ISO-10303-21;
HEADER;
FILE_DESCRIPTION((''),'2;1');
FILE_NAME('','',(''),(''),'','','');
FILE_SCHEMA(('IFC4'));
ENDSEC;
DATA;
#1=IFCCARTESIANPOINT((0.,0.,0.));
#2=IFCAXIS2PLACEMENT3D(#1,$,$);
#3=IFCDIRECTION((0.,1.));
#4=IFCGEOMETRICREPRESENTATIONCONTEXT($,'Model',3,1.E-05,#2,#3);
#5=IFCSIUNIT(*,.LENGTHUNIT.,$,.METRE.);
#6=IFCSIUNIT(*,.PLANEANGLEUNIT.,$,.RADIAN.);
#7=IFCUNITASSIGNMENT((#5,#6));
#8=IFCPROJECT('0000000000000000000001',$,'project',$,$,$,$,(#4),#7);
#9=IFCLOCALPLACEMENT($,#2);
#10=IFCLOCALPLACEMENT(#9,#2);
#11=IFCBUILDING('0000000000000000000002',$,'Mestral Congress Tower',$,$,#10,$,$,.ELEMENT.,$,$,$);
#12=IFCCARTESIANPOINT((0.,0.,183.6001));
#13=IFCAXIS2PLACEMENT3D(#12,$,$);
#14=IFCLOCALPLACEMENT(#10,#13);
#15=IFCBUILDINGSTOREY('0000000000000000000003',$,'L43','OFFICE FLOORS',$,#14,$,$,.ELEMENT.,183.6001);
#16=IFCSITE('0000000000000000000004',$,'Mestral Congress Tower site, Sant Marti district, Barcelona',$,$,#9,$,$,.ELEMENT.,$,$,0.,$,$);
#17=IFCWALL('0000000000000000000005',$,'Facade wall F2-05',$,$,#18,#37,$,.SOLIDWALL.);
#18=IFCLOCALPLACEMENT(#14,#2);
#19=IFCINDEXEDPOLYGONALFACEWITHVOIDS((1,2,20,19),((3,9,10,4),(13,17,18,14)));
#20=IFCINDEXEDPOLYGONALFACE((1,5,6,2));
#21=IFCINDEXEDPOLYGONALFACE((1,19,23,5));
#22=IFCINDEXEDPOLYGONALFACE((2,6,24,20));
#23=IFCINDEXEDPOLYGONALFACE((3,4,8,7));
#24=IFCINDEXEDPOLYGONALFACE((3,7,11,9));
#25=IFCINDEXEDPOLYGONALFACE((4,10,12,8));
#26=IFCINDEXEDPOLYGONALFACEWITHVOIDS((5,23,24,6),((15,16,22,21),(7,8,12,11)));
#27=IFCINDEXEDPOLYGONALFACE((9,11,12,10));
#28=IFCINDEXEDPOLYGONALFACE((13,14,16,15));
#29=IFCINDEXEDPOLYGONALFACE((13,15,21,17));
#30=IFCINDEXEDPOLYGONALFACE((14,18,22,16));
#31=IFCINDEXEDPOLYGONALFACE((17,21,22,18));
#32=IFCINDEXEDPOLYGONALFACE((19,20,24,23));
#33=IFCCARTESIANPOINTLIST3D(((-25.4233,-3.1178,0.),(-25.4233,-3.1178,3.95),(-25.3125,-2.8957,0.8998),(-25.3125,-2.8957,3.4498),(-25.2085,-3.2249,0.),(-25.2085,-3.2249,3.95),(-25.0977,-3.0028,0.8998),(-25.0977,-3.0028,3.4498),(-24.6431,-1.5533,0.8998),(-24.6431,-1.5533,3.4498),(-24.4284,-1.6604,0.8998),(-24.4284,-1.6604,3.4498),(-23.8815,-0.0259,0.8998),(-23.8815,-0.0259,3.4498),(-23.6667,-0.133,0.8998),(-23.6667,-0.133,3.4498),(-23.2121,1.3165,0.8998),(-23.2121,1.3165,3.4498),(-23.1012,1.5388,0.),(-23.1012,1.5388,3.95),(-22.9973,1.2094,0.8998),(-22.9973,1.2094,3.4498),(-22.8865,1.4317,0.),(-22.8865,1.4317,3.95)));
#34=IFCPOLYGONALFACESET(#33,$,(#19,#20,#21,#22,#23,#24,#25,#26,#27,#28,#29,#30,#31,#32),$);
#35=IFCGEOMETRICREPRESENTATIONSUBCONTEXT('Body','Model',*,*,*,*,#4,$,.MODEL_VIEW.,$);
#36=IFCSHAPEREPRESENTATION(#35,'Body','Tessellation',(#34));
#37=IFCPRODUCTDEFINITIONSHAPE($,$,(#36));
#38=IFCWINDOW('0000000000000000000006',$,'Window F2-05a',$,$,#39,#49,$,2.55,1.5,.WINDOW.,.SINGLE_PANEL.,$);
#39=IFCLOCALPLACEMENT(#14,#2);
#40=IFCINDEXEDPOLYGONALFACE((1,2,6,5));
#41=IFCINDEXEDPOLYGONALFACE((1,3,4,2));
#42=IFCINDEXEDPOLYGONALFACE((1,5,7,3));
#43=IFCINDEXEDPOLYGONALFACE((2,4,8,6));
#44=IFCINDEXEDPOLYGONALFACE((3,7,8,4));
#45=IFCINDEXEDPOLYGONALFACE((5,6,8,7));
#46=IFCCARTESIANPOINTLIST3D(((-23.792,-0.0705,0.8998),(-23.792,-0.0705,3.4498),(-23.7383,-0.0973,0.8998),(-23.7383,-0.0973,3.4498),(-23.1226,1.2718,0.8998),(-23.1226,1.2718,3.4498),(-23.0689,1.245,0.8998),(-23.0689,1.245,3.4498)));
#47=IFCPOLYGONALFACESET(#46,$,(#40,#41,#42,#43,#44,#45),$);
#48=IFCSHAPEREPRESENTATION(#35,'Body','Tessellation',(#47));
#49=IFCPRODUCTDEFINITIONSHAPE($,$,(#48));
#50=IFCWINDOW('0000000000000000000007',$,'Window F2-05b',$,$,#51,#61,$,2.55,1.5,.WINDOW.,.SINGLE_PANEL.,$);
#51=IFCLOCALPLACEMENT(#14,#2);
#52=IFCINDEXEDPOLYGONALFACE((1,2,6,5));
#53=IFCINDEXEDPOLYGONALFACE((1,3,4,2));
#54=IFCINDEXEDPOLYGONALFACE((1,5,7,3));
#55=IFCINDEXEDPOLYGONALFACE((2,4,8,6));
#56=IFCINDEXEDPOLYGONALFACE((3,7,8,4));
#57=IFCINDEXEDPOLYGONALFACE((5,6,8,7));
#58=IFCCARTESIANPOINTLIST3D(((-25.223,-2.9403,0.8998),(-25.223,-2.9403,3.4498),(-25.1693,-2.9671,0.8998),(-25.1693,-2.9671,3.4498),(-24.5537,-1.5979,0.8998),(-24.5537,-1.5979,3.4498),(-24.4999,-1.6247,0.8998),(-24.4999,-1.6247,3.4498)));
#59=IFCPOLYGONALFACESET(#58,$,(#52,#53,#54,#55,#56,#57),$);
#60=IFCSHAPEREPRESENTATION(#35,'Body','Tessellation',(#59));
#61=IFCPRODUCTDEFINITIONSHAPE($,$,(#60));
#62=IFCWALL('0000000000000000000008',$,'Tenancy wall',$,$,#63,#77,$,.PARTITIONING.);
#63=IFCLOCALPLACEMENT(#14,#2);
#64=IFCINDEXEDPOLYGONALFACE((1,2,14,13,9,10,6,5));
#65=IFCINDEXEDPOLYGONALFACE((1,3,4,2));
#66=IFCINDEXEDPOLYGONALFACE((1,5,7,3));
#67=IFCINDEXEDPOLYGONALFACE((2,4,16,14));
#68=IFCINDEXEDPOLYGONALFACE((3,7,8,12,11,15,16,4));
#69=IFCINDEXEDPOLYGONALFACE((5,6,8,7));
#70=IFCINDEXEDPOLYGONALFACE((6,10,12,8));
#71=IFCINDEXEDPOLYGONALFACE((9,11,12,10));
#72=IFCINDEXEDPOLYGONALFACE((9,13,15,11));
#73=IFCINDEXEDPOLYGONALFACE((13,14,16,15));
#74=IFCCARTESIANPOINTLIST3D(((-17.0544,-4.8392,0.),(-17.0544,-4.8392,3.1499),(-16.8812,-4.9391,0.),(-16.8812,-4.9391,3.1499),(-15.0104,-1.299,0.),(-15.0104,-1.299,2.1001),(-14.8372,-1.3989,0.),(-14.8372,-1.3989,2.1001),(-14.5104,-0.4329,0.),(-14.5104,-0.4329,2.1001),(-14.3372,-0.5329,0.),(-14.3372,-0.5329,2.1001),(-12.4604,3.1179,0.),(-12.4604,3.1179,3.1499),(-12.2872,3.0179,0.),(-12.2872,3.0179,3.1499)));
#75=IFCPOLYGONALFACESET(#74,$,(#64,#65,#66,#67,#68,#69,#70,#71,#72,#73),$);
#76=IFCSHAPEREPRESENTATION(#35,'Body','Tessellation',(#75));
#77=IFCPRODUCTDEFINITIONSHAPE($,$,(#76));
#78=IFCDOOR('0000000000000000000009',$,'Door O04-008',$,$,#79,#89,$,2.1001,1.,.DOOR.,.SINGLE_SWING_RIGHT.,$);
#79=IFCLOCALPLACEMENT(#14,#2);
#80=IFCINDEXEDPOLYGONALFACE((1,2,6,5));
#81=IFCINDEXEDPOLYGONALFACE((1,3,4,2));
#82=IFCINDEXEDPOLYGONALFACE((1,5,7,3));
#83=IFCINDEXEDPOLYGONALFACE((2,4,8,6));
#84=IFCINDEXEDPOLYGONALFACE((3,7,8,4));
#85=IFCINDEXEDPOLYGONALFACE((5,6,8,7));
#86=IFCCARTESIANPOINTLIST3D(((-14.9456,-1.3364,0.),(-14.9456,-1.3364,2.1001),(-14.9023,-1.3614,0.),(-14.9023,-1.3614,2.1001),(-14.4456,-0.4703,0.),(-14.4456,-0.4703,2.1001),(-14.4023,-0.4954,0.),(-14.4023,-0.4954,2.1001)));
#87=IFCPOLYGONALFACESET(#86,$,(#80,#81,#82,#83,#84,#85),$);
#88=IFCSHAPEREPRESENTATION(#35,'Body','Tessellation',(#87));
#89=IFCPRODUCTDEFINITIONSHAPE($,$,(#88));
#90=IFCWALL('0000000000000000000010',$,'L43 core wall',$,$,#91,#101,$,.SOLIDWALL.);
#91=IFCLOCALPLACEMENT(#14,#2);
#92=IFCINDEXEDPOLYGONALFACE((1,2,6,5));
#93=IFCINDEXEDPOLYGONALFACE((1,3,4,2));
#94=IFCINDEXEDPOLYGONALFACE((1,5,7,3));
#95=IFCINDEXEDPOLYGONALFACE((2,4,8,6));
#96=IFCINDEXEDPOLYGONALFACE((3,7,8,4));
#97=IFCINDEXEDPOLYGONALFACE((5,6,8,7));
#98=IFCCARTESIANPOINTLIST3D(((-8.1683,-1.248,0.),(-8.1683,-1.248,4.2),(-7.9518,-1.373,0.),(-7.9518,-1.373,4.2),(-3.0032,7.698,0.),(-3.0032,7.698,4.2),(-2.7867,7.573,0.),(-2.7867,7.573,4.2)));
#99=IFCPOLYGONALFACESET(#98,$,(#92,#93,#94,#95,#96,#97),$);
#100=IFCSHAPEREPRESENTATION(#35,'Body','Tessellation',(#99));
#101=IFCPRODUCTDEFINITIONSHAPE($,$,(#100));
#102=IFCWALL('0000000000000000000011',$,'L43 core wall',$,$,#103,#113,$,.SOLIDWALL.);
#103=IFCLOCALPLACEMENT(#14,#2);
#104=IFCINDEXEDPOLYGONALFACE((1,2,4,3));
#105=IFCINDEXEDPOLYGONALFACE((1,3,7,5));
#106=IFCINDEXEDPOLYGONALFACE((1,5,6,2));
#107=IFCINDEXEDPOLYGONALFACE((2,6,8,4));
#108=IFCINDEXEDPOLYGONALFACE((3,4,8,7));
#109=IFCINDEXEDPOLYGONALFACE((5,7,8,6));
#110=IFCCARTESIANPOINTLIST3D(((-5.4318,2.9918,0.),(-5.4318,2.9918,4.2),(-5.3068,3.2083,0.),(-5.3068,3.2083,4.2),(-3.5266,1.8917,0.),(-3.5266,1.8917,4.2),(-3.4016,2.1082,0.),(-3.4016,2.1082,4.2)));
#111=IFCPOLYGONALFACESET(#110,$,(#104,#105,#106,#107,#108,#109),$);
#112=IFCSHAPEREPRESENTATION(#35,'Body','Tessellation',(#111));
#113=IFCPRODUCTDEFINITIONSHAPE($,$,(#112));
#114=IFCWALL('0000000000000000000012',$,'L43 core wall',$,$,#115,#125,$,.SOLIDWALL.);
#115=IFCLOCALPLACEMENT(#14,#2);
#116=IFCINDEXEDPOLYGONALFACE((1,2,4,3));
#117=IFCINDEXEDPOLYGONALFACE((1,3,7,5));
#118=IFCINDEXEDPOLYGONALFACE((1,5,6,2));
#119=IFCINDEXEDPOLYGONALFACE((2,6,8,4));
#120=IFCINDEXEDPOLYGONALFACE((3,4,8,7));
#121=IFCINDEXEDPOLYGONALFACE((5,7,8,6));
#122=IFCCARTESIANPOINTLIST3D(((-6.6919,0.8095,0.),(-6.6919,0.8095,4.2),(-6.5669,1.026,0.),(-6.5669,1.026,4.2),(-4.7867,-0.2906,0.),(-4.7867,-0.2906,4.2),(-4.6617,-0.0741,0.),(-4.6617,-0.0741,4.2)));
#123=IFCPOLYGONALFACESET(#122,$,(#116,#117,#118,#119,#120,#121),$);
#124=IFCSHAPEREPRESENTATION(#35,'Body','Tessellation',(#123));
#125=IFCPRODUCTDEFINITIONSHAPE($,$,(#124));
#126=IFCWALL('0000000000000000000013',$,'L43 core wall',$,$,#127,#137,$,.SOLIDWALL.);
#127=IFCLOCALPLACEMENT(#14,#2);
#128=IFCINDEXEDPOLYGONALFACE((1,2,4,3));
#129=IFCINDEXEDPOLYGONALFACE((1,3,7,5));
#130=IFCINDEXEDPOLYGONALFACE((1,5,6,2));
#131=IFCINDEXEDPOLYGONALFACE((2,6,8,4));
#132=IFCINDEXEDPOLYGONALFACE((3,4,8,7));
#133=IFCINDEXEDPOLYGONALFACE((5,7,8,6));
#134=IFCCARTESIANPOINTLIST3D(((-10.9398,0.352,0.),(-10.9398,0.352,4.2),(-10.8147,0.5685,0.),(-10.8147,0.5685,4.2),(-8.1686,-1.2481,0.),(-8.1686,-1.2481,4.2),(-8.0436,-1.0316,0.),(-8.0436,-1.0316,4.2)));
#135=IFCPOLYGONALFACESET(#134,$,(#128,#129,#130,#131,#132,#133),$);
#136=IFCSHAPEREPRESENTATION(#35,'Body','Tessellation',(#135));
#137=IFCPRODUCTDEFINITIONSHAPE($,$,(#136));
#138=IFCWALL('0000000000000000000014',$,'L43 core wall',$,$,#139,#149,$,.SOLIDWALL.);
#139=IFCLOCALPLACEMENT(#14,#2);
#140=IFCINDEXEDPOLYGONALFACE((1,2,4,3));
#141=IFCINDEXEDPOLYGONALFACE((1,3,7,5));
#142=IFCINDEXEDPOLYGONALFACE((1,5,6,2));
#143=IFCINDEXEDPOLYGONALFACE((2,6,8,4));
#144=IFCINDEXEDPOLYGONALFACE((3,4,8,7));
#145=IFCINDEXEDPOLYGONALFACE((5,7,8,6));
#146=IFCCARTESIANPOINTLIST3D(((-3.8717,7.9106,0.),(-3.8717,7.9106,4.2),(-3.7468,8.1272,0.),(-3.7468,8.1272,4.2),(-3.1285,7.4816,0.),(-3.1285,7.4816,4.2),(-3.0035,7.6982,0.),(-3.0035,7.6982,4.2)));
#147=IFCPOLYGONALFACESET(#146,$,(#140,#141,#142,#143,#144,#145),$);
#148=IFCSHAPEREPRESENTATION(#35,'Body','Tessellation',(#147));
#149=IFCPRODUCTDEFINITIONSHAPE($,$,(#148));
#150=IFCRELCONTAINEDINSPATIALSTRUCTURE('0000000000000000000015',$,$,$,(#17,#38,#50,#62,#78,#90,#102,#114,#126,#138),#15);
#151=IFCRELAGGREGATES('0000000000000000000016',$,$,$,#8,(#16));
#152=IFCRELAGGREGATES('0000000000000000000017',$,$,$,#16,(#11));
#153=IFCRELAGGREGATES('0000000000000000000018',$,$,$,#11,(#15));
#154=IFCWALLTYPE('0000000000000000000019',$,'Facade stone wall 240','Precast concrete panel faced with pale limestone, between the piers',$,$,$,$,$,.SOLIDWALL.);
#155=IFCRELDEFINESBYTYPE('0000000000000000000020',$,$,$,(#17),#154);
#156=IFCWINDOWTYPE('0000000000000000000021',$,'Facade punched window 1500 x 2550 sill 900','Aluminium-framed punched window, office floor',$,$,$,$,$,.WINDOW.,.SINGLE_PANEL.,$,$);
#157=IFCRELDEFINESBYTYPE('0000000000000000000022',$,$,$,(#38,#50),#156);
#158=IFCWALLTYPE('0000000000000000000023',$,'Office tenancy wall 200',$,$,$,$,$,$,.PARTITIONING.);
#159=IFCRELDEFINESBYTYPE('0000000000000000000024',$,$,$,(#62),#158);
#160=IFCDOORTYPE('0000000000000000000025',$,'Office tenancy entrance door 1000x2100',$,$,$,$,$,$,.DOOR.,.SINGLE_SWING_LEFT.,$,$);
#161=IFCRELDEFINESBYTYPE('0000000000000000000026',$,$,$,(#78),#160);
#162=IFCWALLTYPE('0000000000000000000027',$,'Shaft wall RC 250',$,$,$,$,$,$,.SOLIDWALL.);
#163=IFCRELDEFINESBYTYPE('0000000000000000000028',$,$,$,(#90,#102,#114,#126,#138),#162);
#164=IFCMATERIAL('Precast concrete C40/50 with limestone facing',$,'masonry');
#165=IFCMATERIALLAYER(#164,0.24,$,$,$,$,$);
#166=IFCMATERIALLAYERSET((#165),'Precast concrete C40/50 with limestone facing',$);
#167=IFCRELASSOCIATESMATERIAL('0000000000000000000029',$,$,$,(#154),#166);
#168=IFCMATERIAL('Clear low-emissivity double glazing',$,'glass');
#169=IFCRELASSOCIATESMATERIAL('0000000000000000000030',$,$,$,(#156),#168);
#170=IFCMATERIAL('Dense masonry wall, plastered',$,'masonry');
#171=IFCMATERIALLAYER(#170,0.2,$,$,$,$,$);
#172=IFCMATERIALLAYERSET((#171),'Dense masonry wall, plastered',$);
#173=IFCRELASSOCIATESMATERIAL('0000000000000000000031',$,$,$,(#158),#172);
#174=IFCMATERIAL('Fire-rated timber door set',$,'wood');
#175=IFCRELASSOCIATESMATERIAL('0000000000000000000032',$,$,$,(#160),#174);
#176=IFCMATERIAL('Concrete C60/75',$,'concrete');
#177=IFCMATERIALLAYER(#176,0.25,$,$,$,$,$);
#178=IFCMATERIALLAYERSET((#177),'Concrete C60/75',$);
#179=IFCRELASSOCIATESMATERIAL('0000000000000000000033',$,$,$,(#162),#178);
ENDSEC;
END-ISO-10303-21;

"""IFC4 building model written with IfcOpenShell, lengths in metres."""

from ifc_helpers import new_model, si_unit, direction, frame, frame_2d, origin, place, context, subcontext, project, spatial, rectangle, extrude, material, layer, layer_set, type_object, element, fill, save


model = new_model("IFC4")

# Units and contexts
model_context = context("Model", 3, precision=1e-05, world=origin(), true_north=direction((0.0, 1.0)))
body_context = subcontext(model_context, "Body", "Model", "MODEL_VIEW")
ifc_project = project(units=[si_unit("LENGTHUNIT", "METRE"), si_unit("PLANEANGLEUNIT", "RADIAN")], contexts=[model_context])

# Site, building, storey
site_placement = place(None, origin())
site = spatial("IfcSite", under=ifc_project, at=site_placement, Name="Mestral Congress Tower site, Sant Marti district, Barcelona", CompositionType="ELEMENT", RefElevation=0.0)
building_placement = place(site_placement, origin())
building = spatial("IfcBuilding", under=site, at=building_placement, Name="Mestral Congress Tower", CompositionType="ELEMENT")
storey_placement = place(building_placement, frame((0.0, 0.0, 183.6001)))
storey = spatial("IfcBuildingStorey", under=building, at=storey_placement, Name="L43", Description="OFFICE FLOORS", CompositionType="ELEMENT", Elevation=183.6001)

# Shared definitions
ifc_material_1 = material(Name="Concrete C60/75", Category="concrete")

# Wall, openings, windows
ifc_material_2 = material(Name="Precast concrete C40/50 with limestone facing", Category="masonry")
ifc_layer_1 = layer(ifc_material_2, 0.24)
ifc_layer_set_1 = layer_set([ifc_layer_1], Name="Precast concrete C40/50 with limestone facing")
wall_type_1 = type_object("IfcWallType", Name="Facade stone wall 240", Description="Precast concrete panel faced with pale limestone, between the piers", PredefinedType="SOLIDWALL", material=ifc_layer_set_1)
ifc_material_3 = material(Name="Clear low-emissivity double glazing", Category="glass")
window_type = type_object("IfcWindowType", Name="Facade punched window 1500 x 2550 sill 900", Description="Aluminium-framed punched window, office floor", PartitioningType="SINGLE_PANEL", PredefinedType="WINDOW", material=ifc_material_3)
wall_1_placement = place(storey_placement, frame((-22.9939, 1.4851, 0.0), z_axis=(0.0, 0.0, 1.0), x_axis=(-0.446256, -0.894905, 0.0)))
wall_1 = element("IfcWall", 1, at=wall_1_placement, inside=storey, type_object=wall_type_1, Name="Facade wall F2-05", PredefinedType="SOLIDWALL", context=body_context, shape_type="SweptSolid", body=[
    extrude(rectangle(XDim=5.2034, YDim=0.24, at=frame_2d((2.6016, 0.0))), origin(), (0.0, 0.0, 1.0), 3.95),
])
opening_1_placement = place(wall_1_placement, frame((0.2483, 0.0, 0.8999)))
opening_1 = element("IfcOpeningElement", 2, at=opening_1_placement, cuts=wall_1, PredefinedType="OPENING", context=body_context, shape_type="SweptSolid", body=[
    extrude(rectangle(XDim=1.5, YDim=2.55, at=frame_2d((0.75, 1.2749))), frame((0.0, 0.1299, 0.0), z_axis=(0.0, -1.0, 0.0), x_axis=(1.0, 0.0, 0.0)), (0.0, 0.0, 1.0), 0.26),
])
opening_2_placement = place(wall_1_placement, frame((3.4551, 0.0, 0.8999)))
opening_2 = element("IfcOpeningElement", 3, at=opening_2_placement, cuts=wall_1, PredefinedType="OPENING", context=body_context, shape_type="SweptSolid", body=[
    extrude(rectangle(XDim=1.5, YDim=2.55, at=frame_2d((0.75, 1.2749))), frame((0.0, 0.1299, 0.0), z_axis=(0.0, -1.0, 0.0), x_axis=(1.0, 0.0, 0.0)), (0.0, 0.0, 1.0), 0.26),
])
window_1_placement = place(opening_1_placement, origin())
window_1 = element("IfcWindow", 4, at=window_1_placement, inside=storey, type_object=window_type, Name="Window F2-05a", OverallHeight=2.55, OverallWidth=1.5, PartitioningType="SINGLE_PANEL", PredefinedType="WINDOW", context=body_context, shape_type="SweptSolid", body=[
    extrude(rectangle(XDim=1.5, YDim=2.55, at=frame_2d((0.75, 1.2749))), frame((0.0, 0.04, 0.0), z_axis=(0.0, -1.0, 0.0), x_axis=(1.0, 0.0, 0.0)), (0.0, 0.0, 1.0), 0.0601),
])
fill(opening_1, window_1)
window_2_placement = place(opening_2_placement, origin())
window_2 = element("IfcWindow", 5, at=window_2_placement, inside=storey, type_object=window_type, Name="Window F2-05b", OverallHeight=2.55, OverallWidth=1.5, PartitioningType="SINGLE_PANEL", PredefinedType="WINDOW", context=body_context, shape_type="SweptSolid", body=[
    extrude(rectangle(XDim=1.5, YDim=2.55, at=frame_2d((0.75, 1.2749))), frame((0.0, 0.04, 0.0), z_axis=(0.0, -1.0, 0.0), x_axis=(1.0, 0.0, 0.0)), (0.0, 0.0, 1.0), 0.0601),
])
fill(opening_2, window_2)

# Wall, opening, door
ifc_material_4 = material(Name="Dense masonry wall, plastered", Category="masonry")
ifc_layer_2 = layer(ifc_material_4, 0.2)
ifc_layer_set_2 = layer_set([ifc_layer_2], Name="Dense masonry wall, plastered")
wall_type_2 = type_object("IfcWallType", Name="Office tenancy wall 200", PredefinedType="PARTITIONING", material=ifc_layer_set_2)
wall_2_placement = place(storey_placement, frame((-12.3738, 3.0679, 0.0), z_axis=(0.0, 0.0, 1.0), x_axis=(-0.5, -0.866025, 0.0)))
wall_2 = element("IfcWall", 6, at=wall_2_placement, inside=storey, type_object=wall_type_2, Name="Tenancy wall", PredefinedType="PARTITIONING", context=body_context, shape_type="SweptSolid", body=[
    extrude(rectangle(XDim=9.188, YDim=0.2, at=frame_2d((4.594, 0.0))), origin(), (0.0, 0.0, 1.0), 3.1499),
])
opening_3_placement = place(wall_2_placement, frame((4.1001, 0.0, 0.0)))
opening_3 = element("IfcOpeningElement", 7, at=opening_3_placement, cuts=wall_2, PredefinedType="OPENING", context=body_context, shape_type="SweptSolid", body=[
    extrude(rectangle(XDim=1.0, YDim=2.1001, at=frame_2d((0.5, 1.05))), frame((0.0, 0.1099, 0.0), z_axis=(0.0, -1.0, 0.0), x_axis=(1.0, 0.0, 0.0)), (0.0, 0.0, 1.0), 0.22),
])
ifc_material_5 = material(Name="Fire-rated timber door set", Category="wood")
door_type_1 = type_object("IfcDoorType", Name="Office tenancy entrance door 1000x2100", OperationType="SINGLE_SWING_LEFT", PredefinedType="DOOR", material=ifc_material_5)
door_1_placement = place(opening_3_placement, origin())
door_1 = element("IfcDoor", 8, at=door_1_placement, inside=storey, type_object=door_type_1, Name="Door O04-008", OperationType="SINGLE_SWING_RIGHT", OverallHeight=2.1001, OverallWidth=1.0, PredefinedType="DOOR", context=body_context, shape_type="SweptSolid", body=[
    extrude(rectangle(XDim=1.0, YDim=2.1001, at=frame_2d((0.5, 1.05))), frame((0.0, 0.0249, 0.0), z_axis=(0.0, -1.0, 0.0), x_axis=(1.0, 0.0, 0.0)), (0.0, 0.0, 1.0), 0.05),
])
fill(opening_3, door_1)

# Walls
ifc_layer_3 = layer(ifc_material_1, 0.25)
ifc_layer_set_3 = layer_set([ifc_layer_3], Name="Concrete C60/75")
wall_type_3 = type_object("IfcWallType", Name="Shaft wall RC 250", PredefinedType="SOLIDWALL", material=ifc_layer_set_3)
wall_3_placement = place(storey_placement, frame((-8.0601, -1.3105, 0.0), z_axis=(0.0, 0.0, 1.0), x_axis=(0.500003, 0.866024, 0.0)))
element("IfcWall", 9, at=wall_3_placement, inside=storey, type_object=wall_type_3, Name="L43 core wall", PredefinedType="SOLIDWALL", context=body_context, shape_type="SweptSolid", body=[
    extrude(rectangle(XDim=10.3301, YDim=0.25, at=frame_2d((5.165, 0.0))), origin(), (0.0, 0.0, 1.0), 4.2),
])
for number, where, z_axis, x_axis, name in (
    (10, (-5.3694, 3.1001, 0.0), (0.0, 0.0, 1.0), (0.866008, -0.50003, 0.0), "L43 core wall"),
    (11, (-4.7241, -0.1824, 0.0), (0.0, 0.0, 1.0), (-0.866008, 0.50003, 0.0), "L43 core wall"),
):
    element("IfcWall", number, at=place(storey_placement, frame(where, z_axis=z_axis, x_axis=x_axis)), inside=storey, type_object=wall_type_3, Name=name, PredefinedType="SOLIDWALL", context=body_context, shape_type="SweptSolid", body=[
        extrude(rectangle(XDim=2.2, YDim=0.25, at=frame_2d((1.1001, 0.0))), origin(), (0.0, 0.0, 1.0), 4.2),
    ])
wall_4_placement = place(storey_placement, frame((-8.106, -1.1399, 0.0), z_axis=(0.0, 0.0, 1.0), x_axis=(-0.866009, 0.500028, 0.0)))
element("IfcWall", 12, at=wall_4_placement, inside=storey, type_object=wall_type_3, Name="L43 core wall", PredefinedType="SOLIDWALL", context=body_context, shape_type="SweptSolid", body=[
    extrude(rectangle(XDim=3.2, YDim=0.25, at=frame_2d((1.6001, 0.0))), origin(), (0.0, 0.0, 1.0), 4.2),
])
wall_5_placement = place(storey_placement, frame((-3.0659, 7.5898, 0.0), z_axis=(0.0, 0.0, 1.0), x_axis=(-0.866081, 0.499903, 0.0)))
element("IfcWall", 13, at=wall_5_placement, inside=storey, type_object=wall_type_3, Name="L43 core wall", PredefinedType="SOLIDWALL", context=body_context, shape_type="SweptSolid", body=[
    extrude(rectangle(XDim=0.8582, YDim=0.25, at=frame_2d((0.4292, 0.0))), origin(), (0.0, 0.0, 1.0), 4.2),
])

save(model, "model.ifc")
